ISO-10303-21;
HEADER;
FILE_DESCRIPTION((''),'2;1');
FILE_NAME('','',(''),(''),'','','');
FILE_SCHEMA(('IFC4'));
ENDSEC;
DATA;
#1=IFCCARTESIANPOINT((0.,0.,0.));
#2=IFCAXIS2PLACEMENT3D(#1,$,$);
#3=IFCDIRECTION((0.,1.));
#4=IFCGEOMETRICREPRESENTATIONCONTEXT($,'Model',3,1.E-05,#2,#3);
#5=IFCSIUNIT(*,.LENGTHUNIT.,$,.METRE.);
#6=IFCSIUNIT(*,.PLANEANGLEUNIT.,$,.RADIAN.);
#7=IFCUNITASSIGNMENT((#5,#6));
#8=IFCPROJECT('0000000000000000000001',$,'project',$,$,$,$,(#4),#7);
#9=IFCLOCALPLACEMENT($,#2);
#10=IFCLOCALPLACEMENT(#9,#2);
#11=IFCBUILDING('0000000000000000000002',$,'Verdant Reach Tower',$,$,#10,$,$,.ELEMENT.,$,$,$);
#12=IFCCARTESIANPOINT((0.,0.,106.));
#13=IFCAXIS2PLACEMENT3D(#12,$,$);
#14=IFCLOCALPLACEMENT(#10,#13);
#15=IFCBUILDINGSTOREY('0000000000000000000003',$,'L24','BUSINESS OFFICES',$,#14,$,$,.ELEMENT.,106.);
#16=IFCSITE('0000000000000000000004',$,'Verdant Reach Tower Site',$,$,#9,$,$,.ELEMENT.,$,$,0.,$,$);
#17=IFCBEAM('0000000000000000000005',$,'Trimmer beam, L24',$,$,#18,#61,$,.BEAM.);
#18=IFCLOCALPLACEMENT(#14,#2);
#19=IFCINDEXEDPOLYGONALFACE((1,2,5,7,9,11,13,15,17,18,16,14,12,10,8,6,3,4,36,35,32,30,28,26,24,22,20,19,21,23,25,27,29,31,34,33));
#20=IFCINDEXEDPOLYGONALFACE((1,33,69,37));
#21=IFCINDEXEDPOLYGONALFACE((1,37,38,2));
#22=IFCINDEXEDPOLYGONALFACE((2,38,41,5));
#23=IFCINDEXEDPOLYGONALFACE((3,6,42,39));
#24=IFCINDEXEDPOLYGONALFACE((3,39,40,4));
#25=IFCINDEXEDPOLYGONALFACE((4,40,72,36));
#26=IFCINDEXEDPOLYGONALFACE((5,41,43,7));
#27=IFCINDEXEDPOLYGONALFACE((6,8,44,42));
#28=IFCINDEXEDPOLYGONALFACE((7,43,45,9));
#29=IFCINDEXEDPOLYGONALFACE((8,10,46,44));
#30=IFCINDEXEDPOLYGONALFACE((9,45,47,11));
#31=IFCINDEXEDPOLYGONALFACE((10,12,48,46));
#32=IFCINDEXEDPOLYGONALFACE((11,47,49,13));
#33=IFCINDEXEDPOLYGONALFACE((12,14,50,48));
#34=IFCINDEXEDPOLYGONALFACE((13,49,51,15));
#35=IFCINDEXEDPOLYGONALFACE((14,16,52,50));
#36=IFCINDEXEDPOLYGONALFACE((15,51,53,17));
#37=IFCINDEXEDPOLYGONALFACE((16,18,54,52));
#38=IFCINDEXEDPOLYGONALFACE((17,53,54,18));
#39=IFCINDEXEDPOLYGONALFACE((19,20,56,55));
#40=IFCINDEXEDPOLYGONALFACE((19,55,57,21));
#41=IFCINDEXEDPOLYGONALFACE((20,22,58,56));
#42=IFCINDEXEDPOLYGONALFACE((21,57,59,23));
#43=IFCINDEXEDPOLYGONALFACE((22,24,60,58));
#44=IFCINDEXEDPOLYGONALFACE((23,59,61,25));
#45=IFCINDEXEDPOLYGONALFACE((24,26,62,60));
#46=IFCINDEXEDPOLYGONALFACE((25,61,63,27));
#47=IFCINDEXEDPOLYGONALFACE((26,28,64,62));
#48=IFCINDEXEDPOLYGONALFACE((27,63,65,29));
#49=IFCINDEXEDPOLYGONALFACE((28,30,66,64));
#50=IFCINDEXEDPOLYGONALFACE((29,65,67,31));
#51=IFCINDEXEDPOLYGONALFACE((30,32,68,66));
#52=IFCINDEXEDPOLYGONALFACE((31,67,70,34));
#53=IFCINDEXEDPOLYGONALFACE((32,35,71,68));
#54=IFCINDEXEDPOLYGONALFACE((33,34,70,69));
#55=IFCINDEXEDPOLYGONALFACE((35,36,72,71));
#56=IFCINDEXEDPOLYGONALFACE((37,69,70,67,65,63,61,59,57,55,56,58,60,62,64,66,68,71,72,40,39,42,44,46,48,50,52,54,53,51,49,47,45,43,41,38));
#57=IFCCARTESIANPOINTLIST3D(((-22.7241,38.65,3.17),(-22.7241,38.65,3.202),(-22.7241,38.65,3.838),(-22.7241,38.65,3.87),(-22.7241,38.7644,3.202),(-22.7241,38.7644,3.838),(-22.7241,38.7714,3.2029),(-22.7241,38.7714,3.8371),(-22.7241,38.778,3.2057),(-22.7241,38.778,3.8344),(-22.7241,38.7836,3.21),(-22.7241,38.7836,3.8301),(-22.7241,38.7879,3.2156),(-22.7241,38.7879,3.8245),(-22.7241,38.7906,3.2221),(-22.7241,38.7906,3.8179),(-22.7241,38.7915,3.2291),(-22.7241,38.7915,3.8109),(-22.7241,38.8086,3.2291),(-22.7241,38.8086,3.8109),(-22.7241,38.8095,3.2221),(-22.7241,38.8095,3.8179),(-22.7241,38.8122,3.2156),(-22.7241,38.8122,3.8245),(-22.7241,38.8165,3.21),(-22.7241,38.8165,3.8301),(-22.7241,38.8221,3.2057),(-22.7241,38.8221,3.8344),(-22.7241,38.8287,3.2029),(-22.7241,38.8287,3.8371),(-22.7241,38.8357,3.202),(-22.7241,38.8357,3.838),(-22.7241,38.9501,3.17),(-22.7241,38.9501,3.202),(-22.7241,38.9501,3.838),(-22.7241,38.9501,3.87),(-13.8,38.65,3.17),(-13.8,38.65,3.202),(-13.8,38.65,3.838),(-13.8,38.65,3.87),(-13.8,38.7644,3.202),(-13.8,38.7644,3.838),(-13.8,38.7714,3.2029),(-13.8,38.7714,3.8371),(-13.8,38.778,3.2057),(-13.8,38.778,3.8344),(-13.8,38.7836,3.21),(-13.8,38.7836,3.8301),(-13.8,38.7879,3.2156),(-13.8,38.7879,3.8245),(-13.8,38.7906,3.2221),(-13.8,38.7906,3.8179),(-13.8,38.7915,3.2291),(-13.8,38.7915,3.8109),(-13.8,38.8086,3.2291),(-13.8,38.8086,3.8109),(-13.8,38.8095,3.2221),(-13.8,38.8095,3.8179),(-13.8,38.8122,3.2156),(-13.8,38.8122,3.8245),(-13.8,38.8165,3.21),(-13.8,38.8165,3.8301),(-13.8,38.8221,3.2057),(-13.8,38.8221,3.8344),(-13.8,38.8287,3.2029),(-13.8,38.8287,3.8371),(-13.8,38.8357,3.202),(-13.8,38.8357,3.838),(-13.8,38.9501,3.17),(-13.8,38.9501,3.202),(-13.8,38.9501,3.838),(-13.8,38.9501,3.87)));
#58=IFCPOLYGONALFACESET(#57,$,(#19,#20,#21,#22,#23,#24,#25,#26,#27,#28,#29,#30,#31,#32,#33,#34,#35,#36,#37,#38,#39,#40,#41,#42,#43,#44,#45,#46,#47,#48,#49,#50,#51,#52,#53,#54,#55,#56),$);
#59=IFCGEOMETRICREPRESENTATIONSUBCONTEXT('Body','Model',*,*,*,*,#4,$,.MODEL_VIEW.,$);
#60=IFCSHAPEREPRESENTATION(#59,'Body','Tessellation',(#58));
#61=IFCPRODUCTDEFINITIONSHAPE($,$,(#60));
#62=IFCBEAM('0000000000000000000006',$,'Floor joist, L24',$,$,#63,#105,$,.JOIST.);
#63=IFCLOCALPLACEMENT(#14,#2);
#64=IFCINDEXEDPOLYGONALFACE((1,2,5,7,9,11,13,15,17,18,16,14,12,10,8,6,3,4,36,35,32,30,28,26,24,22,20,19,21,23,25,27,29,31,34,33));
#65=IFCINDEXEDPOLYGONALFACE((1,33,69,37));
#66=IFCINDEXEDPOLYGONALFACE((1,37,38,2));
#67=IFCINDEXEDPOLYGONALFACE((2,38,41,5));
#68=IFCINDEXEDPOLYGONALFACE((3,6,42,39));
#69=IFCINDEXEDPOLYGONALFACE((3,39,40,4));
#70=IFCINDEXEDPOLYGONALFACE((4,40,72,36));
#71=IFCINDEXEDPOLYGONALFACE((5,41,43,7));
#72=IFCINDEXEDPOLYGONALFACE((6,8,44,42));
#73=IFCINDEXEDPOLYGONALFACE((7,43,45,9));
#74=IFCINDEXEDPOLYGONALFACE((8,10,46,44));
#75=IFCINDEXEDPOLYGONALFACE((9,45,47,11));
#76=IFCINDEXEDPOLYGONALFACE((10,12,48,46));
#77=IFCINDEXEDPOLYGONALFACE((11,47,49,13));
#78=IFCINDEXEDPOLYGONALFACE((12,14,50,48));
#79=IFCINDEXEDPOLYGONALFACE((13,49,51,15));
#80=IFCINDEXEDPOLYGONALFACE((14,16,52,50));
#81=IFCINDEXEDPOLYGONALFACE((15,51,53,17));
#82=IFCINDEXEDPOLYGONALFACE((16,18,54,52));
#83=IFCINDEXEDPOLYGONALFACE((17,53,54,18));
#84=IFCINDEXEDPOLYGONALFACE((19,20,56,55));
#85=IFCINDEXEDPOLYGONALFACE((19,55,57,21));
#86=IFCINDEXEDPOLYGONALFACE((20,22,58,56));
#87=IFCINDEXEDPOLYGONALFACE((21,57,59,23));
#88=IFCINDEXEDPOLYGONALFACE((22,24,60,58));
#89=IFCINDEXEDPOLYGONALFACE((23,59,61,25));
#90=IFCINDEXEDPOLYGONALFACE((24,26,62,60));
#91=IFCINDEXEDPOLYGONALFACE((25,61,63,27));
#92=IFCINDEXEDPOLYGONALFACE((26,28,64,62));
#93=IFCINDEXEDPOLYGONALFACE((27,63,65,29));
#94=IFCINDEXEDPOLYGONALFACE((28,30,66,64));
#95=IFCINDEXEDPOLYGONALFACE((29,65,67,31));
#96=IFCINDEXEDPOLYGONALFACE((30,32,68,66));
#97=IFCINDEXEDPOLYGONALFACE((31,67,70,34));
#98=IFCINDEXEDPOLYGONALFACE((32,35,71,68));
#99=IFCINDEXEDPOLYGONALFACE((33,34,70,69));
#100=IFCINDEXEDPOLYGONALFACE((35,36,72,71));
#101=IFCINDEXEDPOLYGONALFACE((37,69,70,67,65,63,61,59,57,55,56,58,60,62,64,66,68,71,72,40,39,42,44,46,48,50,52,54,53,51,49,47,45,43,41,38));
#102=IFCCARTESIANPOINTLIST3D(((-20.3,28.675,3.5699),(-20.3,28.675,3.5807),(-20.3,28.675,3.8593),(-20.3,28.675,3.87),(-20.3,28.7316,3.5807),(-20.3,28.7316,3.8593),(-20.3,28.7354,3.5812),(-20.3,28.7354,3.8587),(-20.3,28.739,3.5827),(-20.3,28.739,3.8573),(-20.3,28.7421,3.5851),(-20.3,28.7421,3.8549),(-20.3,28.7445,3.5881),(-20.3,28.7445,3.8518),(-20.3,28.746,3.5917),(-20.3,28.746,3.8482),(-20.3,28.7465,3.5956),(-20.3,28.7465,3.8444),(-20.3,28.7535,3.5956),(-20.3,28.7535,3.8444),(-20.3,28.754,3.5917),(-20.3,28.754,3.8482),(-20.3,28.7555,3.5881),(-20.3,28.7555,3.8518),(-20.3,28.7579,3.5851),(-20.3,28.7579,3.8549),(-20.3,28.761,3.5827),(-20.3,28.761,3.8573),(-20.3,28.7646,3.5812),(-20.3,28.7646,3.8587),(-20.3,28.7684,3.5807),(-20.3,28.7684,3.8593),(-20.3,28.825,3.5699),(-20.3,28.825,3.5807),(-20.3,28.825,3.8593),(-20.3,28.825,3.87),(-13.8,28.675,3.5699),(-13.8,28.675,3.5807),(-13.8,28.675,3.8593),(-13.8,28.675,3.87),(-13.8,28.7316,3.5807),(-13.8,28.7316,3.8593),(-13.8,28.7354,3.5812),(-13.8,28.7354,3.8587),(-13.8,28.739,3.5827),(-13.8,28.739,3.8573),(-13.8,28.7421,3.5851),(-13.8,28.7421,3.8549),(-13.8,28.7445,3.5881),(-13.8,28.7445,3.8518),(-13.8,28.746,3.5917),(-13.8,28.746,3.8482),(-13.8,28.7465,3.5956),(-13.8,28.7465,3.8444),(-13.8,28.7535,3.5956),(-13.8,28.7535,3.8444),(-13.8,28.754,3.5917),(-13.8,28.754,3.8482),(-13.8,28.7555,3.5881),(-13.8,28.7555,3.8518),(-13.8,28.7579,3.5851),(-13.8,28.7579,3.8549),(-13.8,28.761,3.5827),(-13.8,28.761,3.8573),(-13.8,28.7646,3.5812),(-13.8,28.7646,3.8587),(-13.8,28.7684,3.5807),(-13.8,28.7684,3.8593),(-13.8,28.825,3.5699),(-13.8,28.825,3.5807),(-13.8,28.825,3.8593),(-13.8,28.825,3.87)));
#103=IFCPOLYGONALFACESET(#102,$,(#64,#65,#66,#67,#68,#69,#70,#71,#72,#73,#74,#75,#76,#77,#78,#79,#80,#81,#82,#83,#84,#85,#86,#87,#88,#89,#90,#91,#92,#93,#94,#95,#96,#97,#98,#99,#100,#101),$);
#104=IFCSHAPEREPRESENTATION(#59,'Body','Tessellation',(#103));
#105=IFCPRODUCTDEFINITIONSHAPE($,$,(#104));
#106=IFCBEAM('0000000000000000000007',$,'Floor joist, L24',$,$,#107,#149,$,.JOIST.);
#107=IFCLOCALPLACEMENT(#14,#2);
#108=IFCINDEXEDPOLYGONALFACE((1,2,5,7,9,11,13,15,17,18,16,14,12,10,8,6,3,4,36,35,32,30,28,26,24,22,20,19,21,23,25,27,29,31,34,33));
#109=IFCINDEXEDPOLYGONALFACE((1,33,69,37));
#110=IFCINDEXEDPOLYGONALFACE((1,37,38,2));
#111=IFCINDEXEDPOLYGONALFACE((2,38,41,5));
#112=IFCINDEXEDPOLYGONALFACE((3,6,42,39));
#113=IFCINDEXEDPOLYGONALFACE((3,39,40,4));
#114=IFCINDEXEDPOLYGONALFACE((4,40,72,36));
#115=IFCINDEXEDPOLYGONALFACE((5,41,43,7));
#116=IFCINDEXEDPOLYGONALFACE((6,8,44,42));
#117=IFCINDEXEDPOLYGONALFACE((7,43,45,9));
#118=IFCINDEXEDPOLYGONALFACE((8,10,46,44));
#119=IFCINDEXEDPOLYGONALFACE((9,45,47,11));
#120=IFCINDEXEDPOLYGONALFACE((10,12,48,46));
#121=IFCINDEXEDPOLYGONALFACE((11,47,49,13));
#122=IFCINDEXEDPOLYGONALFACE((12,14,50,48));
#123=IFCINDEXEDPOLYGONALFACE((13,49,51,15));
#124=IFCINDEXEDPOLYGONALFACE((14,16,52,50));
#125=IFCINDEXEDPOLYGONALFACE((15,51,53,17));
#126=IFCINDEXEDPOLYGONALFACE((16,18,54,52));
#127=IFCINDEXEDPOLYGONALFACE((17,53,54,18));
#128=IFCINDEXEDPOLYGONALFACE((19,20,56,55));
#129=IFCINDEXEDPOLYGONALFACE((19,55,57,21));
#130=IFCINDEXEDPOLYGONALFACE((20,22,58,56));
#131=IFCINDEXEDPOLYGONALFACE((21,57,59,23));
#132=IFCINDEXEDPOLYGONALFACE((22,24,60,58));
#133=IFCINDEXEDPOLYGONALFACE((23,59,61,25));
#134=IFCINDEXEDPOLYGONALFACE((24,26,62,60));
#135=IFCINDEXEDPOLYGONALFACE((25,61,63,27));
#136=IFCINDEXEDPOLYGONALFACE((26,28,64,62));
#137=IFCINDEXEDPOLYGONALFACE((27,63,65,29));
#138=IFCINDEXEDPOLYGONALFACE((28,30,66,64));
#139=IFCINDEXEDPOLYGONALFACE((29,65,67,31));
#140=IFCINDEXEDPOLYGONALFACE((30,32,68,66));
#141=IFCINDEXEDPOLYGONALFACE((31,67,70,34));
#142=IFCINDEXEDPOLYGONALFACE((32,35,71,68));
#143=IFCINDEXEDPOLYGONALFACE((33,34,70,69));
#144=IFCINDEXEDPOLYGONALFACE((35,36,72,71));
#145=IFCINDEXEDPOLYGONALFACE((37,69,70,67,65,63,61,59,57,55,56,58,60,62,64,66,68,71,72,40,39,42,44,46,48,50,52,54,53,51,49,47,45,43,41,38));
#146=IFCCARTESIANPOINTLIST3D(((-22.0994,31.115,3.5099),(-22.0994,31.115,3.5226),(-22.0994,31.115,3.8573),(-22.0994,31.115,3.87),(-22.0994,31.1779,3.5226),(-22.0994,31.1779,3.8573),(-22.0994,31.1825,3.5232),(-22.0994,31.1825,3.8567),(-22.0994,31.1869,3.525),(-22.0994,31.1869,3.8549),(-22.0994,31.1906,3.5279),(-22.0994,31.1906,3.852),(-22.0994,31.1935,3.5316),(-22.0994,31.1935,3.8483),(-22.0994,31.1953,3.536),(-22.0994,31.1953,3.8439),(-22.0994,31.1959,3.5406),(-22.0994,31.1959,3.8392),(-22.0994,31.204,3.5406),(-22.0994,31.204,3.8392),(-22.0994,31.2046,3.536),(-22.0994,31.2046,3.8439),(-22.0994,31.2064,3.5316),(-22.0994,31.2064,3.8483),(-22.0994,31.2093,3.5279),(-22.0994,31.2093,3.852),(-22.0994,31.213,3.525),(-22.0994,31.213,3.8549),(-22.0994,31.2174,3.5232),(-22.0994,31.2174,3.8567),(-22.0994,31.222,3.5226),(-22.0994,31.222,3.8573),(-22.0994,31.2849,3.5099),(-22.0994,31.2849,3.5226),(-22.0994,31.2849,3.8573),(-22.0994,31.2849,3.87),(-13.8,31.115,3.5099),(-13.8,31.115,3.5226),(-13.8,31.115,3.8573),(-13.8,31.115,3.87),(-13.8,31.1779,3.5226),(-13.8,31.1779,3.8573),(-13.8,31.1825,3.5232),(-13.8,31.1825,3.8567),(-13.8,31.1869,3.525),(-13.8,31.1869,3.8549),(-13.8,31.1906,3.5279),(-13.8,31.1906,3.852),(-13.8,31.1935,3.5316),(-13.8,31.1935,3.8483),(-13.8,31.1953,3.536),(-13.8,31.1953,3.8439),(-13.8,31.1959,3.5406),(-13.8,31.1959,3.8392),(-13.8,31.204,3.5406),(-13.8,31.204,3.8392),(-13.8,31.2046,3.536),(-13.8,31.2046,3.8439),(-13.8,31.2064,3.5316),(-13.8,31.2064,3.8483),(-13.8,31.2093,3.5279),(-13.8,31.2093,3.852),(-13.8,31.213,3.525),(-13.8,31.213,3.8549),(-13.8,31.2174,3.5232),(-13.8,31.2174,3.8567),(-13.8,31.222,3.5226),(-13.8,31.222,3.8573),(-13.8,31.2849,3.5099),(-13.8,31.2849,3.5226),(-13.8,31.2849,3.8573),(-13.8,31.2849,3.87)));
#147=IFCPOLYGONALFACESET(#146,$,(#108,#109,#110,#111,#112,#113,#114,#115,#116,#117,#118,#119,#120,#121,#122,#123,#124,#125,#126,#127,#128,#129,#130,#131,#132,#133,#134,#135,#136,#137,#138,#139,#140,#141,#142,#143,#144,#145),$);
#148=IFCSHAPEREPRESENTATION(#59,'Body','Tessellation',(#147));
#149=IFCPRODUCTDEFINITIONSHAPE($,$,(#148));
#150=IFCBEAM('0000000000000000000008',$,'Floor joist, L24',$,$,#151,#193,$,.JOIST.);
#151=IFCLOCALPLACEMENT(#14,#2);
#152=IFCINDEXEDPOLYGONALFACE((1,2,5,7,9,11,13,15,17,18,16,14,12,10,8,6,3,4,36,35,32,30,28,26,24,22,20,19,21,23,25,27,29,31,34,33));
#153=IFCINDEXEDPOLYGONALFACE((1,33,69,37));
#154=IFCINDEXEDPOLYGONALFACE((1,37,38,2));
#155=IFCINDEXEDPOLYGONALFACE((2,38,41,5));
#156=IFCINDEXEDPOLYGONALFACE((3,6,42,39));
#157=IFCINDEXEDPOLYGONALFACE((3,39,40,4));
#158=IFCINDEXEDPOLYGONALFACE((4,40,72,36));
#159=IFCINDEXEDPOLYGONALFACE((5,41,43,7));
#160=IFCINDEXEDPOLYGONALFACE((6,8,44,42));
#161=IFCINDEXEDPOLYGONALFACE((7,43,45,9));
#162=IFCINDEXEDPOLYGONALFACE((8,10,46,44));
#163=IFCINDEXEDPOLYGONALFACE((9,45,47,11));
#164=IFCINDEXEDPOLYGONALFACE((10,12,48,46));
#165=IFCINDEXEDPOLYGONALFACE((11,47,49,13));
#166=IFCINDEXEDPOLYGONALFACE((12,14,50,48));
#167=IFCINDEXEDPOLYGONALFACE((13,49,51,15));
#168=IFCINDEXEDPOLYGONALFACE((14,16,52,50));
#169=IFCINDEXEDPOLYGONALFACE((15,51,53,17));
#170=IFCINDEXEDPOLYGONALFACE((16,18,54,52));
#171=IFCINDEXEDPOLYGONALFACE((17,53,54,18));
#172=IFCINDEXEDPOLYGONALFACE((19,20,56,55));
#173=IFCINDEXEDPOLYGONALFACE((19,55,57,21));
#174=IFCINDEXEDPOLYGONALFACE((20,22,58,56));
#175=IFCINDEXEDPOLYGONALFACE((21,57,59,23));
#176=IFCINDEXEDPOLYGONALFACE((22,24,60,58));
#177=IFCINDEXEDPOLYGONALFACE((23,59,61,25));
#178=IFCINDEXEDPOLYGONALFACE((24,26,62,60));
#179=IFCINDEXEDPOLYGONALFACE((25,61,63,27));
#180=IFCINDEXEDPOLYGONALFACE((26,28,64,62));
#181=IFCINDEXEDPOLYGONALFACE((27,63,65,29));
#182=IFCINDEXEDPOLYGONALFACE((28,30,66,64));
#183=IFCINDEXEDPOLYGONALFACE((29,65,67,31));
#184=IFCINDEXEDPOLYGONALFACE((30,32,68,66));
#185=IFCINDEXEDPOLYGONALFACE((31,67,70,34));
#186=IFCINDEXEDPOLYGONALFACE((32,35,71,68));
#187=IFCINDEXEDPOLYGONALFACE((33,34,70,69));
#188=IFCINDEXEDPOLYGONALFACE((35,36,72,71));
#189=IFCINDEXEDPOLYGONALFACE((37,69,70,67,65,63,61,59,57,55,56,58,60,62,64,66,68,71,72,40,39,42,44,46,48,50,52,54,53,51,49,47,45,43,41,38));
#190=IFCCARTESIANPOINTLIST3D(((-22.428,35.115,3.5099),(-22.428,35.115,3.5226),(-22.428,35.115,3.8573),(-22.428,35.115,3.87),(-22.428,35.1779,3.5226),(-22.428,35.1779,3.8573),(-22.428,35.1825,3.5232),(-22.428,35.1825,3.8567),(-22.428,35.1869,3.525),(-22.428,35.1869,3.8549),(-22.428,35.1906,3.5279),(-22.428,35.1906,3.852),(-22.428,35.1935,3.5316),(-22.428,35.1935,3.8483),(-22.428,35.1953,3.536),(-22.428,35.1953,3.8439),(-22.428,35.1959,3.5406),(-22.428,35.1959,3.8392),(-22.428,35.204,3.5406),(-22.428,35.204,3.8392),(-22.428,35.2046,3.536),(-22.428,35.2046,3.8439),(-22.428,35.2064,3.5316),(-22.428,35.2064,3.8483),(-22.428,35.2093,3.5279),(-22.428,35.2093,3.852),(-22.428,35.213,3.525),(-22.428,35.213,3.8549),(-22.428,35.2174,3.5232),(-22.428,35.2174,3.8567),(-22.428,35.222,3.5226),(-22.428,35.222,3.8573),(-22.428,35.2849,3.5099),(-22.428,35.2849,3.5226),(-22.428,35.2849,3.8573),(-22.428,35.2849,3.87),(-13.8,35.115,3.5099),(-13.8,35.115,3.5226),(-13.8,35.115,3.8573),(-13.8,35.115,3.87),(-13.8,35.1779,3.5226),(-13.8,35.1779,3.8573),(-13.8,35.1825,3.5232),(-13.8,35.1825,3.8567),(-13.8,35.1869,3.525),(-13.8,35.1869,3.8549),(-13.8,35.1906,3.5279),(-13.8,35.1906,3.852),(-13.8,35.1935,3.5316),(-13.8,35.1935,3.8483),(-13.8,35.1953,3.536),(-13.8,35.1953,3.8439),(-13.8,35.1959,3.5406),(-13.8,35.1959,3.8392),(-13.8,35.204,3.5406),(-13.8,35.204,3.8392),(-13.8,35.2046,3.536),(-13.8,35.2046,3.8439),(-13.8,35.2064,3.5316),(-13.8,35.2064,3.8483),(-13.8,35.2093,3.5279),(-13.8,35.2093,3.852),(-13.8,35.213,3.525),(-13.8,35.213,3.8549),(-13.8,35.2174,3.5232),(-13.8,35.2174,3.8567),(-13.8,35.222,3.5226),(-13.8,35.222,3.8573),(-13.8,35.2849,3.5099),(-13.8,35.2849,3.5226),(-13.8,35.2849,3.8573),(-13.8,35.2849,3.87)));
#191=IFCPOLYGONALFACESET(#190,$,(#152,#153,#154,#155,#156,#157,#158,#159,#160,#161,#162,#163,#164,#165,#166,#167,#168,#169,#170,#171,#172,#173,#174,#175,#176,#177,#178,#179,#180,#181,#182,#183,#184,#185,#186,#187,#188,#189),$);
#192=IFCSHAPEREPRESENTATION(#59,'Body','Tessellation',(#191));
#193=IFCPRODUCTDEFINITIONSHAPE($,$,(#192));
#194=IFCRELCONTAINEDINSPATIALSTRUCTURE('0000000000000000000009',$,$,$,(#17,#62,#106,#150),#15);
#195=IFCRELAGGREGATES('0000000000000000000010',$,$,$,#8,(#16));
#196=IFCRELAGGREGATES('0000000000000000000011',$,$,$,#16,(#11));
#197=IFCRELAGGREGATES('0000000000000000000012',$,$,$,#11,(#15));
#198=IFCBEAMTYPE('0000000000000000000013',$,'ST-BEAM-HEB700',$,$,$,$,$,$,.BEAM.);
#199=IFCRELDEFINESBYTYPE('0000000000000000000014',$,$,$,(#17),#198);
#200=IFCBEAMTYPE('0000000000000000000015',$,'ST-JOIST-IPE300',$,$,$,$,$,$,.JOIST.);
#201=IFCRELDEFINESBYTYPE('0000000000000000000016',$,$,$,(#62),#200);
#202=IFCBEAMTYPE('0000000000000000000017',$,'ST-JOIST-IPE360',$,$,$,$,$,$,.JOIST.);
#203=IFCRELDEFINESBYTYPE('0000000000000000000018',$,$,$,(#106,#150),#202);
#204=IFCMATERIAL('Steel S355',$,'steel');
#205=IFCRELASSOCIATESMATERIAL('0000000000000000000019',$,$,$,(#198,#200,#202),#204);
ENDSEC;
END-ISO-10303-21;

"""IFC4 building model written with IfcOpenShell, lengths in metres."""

from ifc_helpers import new_model, si_unit, direction, frame, origin, origin_2d, place, context, subcontext, project, spatial, i_section, extrude, material, material_profile, profile_set, type_object, element, save


model = new_model("IFC4")

# Units and contexts
model_context = context("Model", 3, precision=1e-05, world=origin(), true_north=direction((0.0, 1.0)))
body_context = subcontext(model_context, "Body", "Model", "MODEL_VIEW")
ifc_project = project(units=[si_unit("LENGTHUNIT", "METRE"), si_unit("PLANEANGLEUNIT", "RADIAN")], contexts=[model_context])

# Site, building, storey
site_placement = place(None, origin())
site = spatial("IfcSite", under=ifc_project, at=site_placement, Name="Verdant Reach Tower Site", CompositionType="ELEMENT", RefElevation=0.0)
building_placement = place(site_placement, origin())
building = spatial("IfcBuilding", under=site, at=building_placement, Name="Verdant Reach Tower", CompositionType="ELEMENT")
storey_placement = place(building_placement, frame((0.0, 0.0, 106.0)))
storey = spatial("IfcBuildingStorey", under=building, at=storey_placement, Name="L24", Description="BUSINESS OFFICES", CompositionType="ELEMENT", Elevation=106.0)

# Beams
ifc_material_1 = material(Name="Steel S355", Category="steel")
ifc_material_profile_1 = material_profile(ifc_material_1, i_section(OverallWidth=0.3, OverallDepth=0.7, WebThickness=0.0171, FlangeThickness=0.032, FilletRadius=0.0271, at=origin_2d()), Name="HEB 700")
ifc_profile_set_1 = profile_set([ifc_material_profile_1], Name="Steel S355")
beam_type_1 = type_object("IfcBeamType", Name="ST-BEAM-HEB700", PredefinedType="BEAM", material=ifc_profile_set_1)
beam_1_placement = place(storey_placement, frame((-13.8, 38.8, 3.52), z_axis=(-1.0, 0.0, 0.0), x_axis=(0.0, -1.0, 0.0)))
element("IfcBeam", 1, at=beam_1_placement, inside=storey, type_object=beam_type_1, Name="Trimmer beam, L24", PredefinedType="BEAM", context=body_context, shape_type="SweptSolid", body=[
    extrude(i_section(OverallWidth=0.3, OverallDepth=0.7, WebThickness=0.0171, FlangeThickness=0.032, FilletRadius=0.0271, at=origin_2d()), origin(), (0.0, 0.0, 1.0), 8.9241),
])
ifc_material_profile_2 = material_profile(ifc_material_1, i_section(OverallWidth=0.1499, OverallDepth=0.3, WebThickness=0.0071, FlangeThickness=0.0107, FilletRadius=0.0149, at=origin_2d()), Name="IPE 300")
ifc_profile_set_2 = profile_set([ifc_material_profile_2], Name="Steel S355")
beam_type_2 = type_object("IfcBeamType", Name="ST-JOIST-IPE300", PredefinedType="JOIST", material=ifc_profile_set_2)
beam_2_placement = place(storey_placement, frame((-13.8, 28.75, 3.72), z_axis=(-1.0, 0.0, 0.0), x_axis=(0.0, -1.0, 0.0)))
element("IfcBeam", 2, at=beam_2_placement, inside=storey, type_object=beam_type_2, Name="Floor joist, L24", PredefinedType="JOIST", context=body_context, shape_type="SweptSolid", body=[
    extrude(i_section(OverallWidth=0.1499, OverallDepth=0.3, WebThickness=0.0071, FlangeThickness=0.0107, FilletRadius=0.0149, at=origin_2d()), origin(), (0.0, 0.0, 1.0), 6.5),
])
ifc_material_profile_3 = material_profile(ifc_material_1, i_section(OverallWidth=0.1699, OverallDepth=0.3601, WebThickness=0.0081, FlangeThickness=0.0127, FilletRadius=0.0181, at=origin_2d()), Name="IPE 360")
ifc_profile_set_3 = profile_set([ifc_material_profile_3], Name="Steel S355")
beam_type_3 = type_object("IfcBeamType", Name="ST-JOIST-IPE360", PredefinedType="JOIST", material=ifc_profile_set_3)
beam_3_placement = place(storey_placement, frame((-13.8, 31.2, 3.6899), z_axis=(-1.0, 0.0, 0.0), x_axis=(0.0, -1.0, 0.0)))
element("IfcBeam", 3, at=beam_3_placement, inside=storey, type_object=beam_type_3, Name="Floor joist, L24", PredefinedType="JOIST", context=body_context, shape_type="SweptSolid", body=[
    extrude(i_section(OverallWidth=0.1699, OverallDepth=0.3601, WebThickness=0.0081, FlangeThickness=0.0127, FilletRadius=0.0181, at=origin_2d()), origin(), (0.0, 0.0, 1.0), 8.2993),
])
beam_4_placement = place(storey_placement, frame((-13.8, 35.2, 3.6899), z_axis=(-1.0, 0.0, 0.0), x_axis=(0.0, -1.0, 0.0)))
element("IfcBeam", 4, at=beam_4_placement, inside=storey, type_object=beam_type_3, Name="Floor joist, L24", PredefinedType="JOIST", context=body_context, shape_type="SweptSolid", body=[
    extrude(i_section(OverallWidth=0.1699, OverallDepth=0.3601, WebThickness=0.0081, FlangeThickness=0.0127, FilletRadius=0.0181, at=origin_2d()), origin(), (0.0, 0.0, 1.0), 8.6279),
])

save(model, "model.ifc")
